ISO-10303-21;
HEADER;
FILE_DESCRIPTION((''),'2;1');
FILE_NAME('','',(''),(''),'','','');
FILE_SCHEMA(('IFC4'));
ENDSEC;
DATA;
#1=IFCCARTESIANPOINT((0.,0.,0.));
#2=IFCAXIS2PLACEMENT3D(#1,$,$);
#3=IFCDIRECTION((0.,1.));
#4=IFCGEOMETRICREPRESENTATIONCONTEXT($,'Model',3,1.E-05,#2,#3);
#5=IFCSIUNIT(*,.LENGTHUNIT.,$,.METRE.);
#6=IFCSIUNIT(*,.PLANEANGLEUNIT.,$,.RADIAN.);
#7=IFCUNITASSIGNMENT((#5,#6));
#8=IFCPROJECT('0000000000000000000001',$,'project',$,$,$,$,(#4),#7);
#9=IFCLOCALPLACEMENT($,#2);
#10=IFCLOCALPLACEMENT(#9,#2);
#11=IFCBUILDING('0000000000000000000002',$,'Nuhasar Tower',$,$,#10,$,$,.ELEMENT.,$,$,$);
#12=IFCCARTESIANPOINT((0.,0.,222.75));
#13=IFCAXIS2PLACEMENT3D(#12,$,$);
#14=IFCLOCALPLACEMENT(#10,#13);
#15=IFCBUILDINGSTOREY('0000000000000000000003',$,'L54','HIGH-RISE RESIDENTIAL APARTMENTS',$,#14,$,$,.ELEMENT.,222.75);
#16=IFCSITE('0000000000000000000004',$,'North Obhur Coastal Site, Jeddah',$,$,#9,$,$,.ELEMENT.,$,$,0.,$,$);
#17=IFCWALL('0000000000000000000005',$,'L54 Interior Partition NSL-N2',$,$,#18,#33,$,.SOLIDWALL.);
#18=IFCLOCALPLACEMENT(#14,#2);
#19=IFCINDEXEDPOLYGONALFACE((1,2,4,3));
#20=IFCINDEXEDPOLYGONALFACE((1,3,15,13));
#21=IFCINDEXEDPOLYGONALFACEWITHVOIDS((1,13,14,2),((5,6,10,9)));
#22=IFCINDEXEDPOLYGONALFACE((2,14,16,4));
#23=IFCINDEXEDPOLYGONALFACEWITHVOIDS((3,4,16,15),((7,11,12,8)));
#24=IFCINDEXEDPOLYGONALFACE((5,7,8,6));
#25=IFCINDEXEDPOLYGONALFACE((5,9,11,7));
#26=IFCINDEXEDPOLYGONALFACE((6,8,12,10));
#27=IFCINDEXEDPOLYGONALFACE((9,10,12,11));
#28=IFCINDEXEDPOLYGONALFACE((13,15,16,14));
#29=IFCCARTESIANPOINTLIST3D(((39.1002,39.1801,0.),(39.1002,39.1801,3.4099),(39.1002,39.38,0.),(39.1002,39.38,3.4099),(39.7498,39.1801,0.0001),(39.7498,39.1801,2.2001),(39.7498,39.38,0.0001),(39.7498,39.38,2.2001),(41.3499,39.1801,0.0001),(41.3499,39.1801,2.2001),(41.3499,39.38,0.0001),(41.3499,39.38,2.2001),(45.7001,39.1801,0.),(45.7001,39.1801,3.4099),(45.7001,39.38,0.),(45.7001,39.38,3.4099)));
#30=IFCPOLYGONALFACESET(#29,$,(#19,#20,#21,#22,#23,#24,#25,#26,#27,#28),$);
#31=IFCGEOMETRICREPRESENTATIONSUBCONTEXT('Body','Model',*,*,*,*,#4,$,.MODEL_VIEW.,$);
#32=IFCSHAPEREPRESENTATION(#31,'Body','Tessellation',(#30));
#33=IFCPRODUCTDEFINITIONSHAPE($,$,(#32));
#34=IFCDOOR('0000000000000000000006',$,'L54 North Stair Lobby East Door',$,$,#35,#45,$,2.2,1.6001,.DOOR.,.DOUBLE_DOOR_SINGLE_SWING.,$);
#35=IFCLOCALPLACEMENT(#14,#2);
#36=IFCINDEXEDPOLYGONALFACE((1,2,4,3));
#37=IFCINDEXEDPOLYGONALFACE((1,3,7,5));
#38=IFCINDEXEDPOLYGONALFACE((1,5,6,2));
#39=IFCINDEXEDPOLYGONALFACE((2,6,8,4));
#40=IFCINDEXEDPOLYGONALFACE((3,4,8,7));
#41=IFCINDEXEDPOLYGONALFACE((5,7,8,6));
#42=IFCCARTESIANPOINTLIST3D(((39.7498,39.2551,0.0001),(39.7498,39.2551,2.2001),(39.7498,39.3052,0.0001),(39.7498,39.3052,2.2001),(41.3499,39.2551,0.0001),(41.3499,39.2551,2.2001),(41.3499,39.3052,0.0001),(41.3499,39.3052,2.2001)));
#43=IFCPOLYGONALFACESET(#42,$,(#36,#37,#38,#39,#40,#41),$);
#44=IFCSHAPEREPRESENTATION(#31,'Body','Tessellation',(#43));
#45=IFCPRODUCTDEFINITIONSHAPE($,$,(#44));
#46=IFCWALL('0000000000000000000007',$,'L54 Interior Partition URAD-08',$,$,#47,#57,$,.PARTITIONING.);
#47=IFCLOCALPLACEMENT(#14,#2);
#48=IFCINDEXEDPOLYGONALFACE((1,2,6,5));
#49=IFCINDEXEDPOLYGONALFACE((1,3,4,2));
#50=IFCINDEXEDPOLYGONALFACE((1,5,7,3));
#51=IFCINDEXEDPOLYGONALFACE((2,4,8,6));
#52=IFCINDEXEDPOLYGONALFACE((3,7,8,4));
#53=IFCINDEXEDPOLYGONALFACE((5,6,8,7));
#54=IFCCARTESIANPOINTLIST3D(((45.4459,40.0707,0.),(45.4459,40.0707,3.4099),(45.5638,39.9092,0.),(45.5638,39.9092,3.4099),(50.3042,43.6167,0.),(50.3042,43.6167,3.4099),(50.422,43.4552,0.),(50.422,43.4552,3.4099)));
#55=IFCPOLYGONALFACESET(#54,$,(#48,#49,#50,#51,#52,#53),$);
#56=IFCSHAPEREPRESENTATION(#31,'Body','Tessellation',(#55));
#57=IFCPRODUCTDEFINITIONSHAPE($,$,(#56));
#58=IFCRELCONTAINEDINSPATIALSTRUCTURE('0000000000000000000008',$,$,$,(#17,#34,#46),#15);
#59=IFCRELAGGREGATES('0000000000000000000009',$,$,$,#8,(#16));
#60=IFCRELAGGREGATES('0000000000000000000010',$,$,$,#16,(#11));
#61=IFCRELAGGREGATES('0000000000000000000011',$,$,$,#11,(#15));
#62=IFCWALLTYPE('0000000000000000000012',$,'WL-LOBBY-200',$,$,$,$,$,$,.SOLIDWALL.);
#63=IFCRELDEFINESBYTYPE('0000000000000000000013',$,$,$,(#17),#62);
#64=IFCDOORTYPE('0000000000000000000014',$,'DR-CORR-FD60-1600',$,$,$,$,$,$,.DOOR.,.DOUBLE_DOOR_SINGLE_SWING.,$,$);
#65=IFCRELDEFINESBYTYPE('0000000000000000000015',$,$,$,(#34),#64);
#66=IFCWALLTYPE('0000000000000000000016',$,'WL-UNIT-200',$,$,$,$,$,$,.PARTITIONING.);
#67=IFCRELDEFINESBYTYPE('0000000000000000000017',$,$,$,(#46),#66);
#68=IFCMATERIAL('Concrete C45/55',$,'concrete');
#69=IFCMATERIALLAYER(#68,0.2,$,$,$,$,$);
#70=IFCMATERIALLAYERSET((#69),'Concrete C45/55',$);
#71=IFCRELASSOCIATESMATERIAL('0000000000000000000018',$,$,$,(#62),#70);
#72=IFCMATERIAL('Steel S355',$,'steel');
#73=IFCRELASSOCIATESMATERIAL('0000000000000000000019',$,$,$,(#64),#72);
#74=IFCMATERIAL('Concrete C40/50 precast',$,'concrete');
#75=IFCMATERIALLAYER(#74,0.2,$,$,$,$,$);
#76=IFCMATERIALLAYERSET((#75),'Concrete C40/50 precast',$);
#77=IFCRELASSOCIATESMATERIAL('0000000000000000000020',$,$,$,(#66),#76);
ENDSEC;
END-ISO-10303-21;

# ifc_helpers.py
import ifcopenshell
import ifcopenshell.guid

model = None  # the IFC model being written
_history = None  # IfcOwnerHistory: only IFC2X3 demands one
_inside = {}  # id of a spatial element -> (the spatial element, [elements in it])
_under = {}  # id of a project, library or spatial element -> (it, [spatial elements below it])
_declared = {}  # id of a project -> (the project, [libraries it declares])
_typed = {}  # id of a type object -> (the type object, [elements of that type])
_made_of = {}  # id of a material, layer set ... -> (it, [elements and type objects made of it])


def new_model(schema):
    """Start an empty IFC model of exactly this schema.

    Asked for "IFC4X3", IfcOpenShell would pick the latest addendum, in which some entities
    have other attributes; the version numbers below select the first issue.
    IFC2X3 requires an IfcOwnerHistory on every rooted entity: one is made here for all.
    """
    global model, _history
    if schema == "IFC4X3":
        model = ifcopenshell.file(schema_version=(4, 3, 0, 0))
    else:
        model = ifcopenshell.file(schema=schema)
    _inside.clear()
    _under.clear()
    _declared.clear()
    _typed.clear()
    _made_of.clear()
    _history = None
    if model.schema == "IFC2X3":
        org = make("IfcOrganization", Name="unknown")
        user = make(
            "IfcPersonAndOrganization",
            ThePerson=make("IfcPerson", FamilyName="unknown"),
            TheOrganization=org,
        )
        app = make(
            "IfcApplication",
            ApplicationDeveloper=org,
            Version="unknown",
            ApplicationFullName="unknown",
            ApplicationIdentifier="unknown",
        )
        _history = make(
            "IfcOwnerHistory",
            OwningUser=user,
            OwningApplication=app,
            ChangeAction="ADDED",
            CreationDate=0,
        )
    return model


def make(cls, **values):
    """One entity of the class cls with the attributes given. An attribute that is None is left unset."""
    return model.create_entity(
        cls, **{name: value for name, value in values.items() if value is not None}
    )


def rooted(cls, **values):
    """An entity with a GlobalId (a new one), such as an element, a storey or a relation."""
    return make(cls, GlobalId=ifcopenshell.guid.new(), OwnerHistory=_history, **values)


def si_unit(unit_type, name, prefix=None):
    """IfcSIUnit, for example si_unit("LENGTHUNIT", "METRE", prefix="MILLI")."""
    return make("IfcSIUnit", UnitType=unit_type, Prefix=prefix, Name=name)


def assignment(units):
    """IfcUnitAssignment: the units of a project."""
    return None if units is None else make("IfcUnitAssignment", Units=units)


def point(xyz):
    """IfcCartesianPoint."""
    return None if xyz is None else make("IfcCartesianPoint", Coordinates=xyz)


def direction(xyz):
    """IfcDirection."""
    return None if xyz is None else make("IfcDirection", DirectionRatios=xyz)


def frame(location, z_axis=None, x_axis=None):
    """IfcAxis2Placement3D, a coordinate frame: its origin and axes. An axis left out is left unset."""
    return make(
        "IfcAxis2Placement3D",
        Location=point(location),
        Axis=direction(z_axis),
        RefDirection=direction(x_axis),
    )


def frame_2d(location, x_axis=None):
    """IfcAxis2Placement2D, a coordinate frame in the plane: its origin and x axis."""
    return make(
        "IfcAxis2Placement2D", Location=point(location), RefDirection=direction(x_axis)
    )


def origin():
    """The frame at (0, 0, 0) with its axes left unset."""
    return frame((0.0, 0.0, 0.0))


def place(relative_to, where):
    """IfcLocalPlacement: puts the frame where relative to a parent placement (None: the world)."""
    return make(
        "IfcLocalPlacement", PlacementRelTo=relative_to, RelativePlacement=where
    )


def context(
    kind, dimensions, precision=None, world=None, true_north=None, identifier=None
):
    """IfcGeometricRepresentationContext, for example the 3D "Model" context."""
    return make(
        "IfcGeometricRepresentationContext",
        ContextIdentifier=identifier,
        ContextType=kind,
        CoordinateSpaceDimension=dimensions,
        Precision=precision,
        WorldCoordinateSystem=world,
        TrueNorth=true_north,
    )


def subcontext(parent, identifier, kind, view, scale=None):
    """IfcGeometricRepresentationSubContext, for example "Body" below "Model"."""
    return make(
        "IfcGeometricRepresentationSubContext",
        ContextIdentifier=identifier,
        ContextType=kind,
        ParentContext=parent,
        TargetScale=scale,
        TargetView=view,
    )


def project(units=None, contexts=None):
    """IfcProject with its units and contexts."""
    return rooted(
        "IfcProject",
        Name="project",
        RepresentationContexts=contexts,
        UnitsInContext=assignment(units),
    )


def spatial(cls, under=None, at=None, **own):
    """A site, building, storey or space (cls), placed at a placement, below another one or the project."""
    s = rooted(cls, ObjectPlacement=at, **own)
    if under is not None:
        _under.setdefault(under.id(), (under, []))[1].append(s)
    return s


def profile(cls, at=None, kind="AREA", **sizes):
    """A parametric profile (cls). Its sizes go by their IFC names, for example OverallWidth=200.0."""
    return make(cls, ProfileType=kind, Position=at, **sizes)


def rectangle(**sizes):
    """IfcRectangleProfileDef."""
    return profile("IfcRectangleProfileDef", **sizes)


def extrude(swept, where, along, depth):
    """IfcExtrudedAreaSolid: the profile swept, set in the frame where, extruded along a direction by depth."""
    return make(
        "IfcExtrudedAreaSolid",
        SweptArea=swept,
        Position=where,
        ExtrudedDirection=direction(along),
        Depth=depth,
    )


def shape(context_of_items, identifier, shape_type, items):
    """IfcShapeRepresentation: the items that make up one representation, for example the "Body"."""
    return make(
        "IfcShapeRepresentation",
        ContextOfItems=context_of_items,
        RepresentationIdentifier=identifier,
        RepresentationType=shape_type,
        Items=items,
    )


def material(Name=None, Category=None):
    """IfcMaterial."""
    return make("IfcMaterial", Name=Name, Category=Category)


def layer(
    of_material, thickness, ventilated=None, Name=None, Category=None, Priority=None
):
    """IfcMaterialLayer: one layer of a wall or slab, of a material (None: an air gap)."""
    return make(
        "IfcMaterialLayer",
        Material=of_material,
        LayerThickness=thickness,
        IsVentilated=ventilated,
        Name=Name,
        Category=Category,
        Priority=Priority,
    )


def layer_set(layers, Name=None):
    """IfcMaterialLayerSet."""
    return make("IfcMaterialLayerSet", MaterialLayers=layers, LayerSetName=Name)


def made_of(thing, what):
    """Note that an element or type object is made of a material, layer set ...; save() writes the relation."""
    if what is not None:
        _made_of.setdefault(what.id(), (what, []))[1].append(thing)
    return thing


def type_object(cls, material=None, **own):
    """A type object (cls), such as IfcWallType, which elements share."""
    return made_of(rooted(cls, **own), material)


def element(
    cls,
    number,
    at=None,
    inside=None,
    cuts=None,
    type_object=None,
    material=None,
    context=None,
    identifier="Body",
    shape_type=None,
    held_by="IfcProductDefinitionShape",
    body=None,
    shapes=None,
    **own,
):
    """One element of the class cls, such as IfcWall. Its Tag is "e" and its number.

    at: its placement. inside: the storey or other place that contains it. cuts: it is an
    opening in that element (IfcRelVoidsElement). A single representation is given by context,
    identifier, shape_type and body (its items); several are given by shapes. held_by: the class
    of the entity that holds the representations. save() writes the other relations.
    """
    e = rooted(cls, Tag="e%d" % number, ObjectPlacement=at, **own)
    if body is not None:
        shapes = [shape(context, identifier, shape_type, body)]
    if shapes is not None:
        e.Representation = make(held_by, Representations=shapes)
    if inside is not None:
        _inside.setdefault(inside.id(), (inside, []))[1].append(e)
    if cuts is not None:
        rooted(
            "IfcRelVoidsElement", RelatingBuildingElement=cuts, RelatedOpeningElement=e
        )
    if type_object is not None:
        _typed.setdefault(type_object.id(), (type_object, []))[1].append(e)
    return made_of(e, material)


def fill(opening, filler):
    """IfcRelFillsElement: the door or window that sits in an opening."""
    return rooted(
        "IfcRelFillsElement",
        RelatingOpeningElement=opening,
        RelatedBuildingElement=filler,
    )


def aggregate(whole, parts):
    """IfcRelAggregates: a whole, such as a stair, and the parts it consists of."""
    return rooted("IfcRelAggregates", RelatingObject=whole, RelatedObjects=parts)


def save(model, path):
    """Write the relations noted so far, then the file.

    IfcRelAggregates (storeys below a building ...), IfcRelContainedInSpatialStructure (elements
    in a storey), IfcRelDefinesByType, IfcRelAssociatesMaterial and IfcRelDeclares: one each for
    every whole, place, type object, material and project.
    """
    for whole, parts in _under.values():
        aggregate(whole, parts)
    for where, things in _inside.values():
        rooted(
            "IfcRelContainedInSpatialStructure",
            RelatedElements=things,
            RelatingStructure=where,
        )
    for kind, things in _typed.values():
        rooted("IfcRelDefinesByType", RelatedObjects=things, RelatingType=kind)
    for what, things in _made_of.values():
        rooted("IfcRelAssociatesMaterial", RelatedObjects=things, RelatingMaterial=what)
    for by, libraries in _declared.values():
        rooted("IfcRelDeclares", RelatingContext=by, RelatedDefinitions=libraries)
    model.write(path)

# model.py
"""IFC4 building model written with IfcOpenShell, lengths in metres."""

from ifc_helpers import new_model, si_unit, direction, frame, frame_2d, origin, place, context, subcontext, project, spatial, rectangle, extrude, material, layer, layer_set, type_object, element, fill, save


model = new_model("IFC4")

# Units and contexts
model_context = context("Model", 3, precision=1e-05, world=origin(), true_north=direction((0.0, 1.0)))
body_context = subcontext(model_context, "Body", "Model", "MODEL_VIEW")
ifc_project = project(units=[si_unit("LENGTHUNIT", "METRE"), si_unit("PLANEANGLEUNIT", "RADIAN")], contexts=[model_context])

# Site, building, storey
site_placement = place(None, origin())
site = spatial("IfcSite", under=ifc_project, at=site_placement, Name="North Obhur Coastal Site, Jeddah", CompositionType="ELEMENT", RefElevation=0.0)
building_placement = place(site_placement, origin())
building = spatial("IfcBuilding", under=site, at=building_placement, Name="Nuhasar Tower", CompositionType="ELEMENT")
storey_placement = place(building_placement, frame((0.0, 0.0, 222.75)))
storey = spatial("IfcBuildingStorey", under=building, at=storey_placement, Name="L54", Description="HIGH-RISE RESIDENTIAL APARTMENTS", CompositionType="ELEMENT", Elevation=222.75)

# Shared definitions
ifc_material_1 = material(Name="Steel S355", Category="steel")

# Shared definitions
ifc_material_2 = material(Name="Concrete C45/55", Category="concrete")
ifc_layer_1 = layer(ifc_material_2, 0.2)
ifc_layer_set_1 = layer_set([ifc_layer_1], Name="Concrete C45/55")
wall_type_1 = type_object("IfcWallType", Name="WL-LOBBY-200", PredefinedType="SOLIDWALL", material=ifc_layer_set_1)

# Wall, opening, door
wall_1_placement = place(storey_placement, frame((45.7, 39.28, 0.0), z_axis=(0.0, 0.0, 1.0), x_axis=(-1.0, 0.0, 0.0)))
wall_1 = element("IfcWall", 1, at=wall_1_placement, inside=storey, type_object=wall_type_1, Name="L54 Interior Partition NSL-N2", PredefinedType="SOLIDWALL", context=body_context, shape_type="SweptSolid", body=[
    extrude(rectangle(XDim=6.5999, YDim=0.2, at=frame_2d((3.2998, 0.0))), origin(), (0.0, 0.0, 1.0), 3.4099),
])
opening_1_placement = place(wall_1_placement, frame((4.3501, 0.0, 0.0)))
opening_1 = element("IfcOpeningElement", 2, at=opening_1_placement, cuts=wall_1, PredefinedType="OPENING", context=body_context, shape_type="SweptSolid", body=[
    extrude(rectangle(XDim=1.6001, YDim=2.2, at=frame_2d((0.8, 1.1001))), frame((0.0, 0.1099, 0.0), z_axis=(0.0, -1.0, 0.0), x_axis=(1.0, 0.0, 0.0)), (0.0, 0.0, 1.0), 0.22),
])
door_type_1 = type_object("IfcDoorType", Name="DR-CORR-FD60-1600", OperationType="DOUBLE_DOOR_SINGLE_SWING", PredefinedType="DOOR", material=ifc_material_1)
door_1_placement = place(opening_1_placement, origin())
door_1 = element("IfcDoor", 3, at=door_1_placement, inside=storey, type_object=door_type_1, Name="L54 North Stair Lobby East Door", OperationType="DOUBLE_DOOR_SINGLE_SWING", OverallHeight=2.2, OverallWidth=1.6001, PredefinedType="DOOR", context=body_context, shape_type="SweptSolid", body=[
    extrude(rectangle(XDim=1.6001, YDim=2.2, at=frame_2d((0.8, 1.1001))), frame((0.0, 0.0249, 0.0), z_axis=(0.0, -1.0, 0.0), x_axis=(1.0, 0.0, 0.0)), (0.0, 0.0, 1.0), 0.05),
])
fill(opening_1, door_1)

# Wall
ifc_material_3 = material(Name="Concrete C40/50 precast", Category="concrete")
ifc_layer_2 = layer(ifc_material_3, 0.2)
ifc_layer_set_2 = layer_set([ifc_layer_2], Name="Concrete C40/50 precast")
wall_type_2 = type_object("IfcWallType", Name="WL-UNIT-200", PredefinedType="PARTITIONING", material=ifc_layer_set_2)
wall_2_placement = place(storey_placement, frame((45.5049, 39.99, 0.0), z_axis=(0.0, 0.0, 1.0), x_axis=(0.807731, 0.589551, 0.0)))
element("IfcWall", 4, at=wall_2_placement, inside=storey, type_object=wall_type_2, Name="L54 Interior Partition URAD-08", PredefinedType="PARTITIONING", context=body_context, shape_type="SweptSolid", body=[
    extrude(rectangle(XDim=6.0146, YDim=0.2, at=frame_2d((3.0073, 0.0))), origin(), (0.0, 0.0, 1.0), 3.4099),
])

save(model, "model.ifc")
